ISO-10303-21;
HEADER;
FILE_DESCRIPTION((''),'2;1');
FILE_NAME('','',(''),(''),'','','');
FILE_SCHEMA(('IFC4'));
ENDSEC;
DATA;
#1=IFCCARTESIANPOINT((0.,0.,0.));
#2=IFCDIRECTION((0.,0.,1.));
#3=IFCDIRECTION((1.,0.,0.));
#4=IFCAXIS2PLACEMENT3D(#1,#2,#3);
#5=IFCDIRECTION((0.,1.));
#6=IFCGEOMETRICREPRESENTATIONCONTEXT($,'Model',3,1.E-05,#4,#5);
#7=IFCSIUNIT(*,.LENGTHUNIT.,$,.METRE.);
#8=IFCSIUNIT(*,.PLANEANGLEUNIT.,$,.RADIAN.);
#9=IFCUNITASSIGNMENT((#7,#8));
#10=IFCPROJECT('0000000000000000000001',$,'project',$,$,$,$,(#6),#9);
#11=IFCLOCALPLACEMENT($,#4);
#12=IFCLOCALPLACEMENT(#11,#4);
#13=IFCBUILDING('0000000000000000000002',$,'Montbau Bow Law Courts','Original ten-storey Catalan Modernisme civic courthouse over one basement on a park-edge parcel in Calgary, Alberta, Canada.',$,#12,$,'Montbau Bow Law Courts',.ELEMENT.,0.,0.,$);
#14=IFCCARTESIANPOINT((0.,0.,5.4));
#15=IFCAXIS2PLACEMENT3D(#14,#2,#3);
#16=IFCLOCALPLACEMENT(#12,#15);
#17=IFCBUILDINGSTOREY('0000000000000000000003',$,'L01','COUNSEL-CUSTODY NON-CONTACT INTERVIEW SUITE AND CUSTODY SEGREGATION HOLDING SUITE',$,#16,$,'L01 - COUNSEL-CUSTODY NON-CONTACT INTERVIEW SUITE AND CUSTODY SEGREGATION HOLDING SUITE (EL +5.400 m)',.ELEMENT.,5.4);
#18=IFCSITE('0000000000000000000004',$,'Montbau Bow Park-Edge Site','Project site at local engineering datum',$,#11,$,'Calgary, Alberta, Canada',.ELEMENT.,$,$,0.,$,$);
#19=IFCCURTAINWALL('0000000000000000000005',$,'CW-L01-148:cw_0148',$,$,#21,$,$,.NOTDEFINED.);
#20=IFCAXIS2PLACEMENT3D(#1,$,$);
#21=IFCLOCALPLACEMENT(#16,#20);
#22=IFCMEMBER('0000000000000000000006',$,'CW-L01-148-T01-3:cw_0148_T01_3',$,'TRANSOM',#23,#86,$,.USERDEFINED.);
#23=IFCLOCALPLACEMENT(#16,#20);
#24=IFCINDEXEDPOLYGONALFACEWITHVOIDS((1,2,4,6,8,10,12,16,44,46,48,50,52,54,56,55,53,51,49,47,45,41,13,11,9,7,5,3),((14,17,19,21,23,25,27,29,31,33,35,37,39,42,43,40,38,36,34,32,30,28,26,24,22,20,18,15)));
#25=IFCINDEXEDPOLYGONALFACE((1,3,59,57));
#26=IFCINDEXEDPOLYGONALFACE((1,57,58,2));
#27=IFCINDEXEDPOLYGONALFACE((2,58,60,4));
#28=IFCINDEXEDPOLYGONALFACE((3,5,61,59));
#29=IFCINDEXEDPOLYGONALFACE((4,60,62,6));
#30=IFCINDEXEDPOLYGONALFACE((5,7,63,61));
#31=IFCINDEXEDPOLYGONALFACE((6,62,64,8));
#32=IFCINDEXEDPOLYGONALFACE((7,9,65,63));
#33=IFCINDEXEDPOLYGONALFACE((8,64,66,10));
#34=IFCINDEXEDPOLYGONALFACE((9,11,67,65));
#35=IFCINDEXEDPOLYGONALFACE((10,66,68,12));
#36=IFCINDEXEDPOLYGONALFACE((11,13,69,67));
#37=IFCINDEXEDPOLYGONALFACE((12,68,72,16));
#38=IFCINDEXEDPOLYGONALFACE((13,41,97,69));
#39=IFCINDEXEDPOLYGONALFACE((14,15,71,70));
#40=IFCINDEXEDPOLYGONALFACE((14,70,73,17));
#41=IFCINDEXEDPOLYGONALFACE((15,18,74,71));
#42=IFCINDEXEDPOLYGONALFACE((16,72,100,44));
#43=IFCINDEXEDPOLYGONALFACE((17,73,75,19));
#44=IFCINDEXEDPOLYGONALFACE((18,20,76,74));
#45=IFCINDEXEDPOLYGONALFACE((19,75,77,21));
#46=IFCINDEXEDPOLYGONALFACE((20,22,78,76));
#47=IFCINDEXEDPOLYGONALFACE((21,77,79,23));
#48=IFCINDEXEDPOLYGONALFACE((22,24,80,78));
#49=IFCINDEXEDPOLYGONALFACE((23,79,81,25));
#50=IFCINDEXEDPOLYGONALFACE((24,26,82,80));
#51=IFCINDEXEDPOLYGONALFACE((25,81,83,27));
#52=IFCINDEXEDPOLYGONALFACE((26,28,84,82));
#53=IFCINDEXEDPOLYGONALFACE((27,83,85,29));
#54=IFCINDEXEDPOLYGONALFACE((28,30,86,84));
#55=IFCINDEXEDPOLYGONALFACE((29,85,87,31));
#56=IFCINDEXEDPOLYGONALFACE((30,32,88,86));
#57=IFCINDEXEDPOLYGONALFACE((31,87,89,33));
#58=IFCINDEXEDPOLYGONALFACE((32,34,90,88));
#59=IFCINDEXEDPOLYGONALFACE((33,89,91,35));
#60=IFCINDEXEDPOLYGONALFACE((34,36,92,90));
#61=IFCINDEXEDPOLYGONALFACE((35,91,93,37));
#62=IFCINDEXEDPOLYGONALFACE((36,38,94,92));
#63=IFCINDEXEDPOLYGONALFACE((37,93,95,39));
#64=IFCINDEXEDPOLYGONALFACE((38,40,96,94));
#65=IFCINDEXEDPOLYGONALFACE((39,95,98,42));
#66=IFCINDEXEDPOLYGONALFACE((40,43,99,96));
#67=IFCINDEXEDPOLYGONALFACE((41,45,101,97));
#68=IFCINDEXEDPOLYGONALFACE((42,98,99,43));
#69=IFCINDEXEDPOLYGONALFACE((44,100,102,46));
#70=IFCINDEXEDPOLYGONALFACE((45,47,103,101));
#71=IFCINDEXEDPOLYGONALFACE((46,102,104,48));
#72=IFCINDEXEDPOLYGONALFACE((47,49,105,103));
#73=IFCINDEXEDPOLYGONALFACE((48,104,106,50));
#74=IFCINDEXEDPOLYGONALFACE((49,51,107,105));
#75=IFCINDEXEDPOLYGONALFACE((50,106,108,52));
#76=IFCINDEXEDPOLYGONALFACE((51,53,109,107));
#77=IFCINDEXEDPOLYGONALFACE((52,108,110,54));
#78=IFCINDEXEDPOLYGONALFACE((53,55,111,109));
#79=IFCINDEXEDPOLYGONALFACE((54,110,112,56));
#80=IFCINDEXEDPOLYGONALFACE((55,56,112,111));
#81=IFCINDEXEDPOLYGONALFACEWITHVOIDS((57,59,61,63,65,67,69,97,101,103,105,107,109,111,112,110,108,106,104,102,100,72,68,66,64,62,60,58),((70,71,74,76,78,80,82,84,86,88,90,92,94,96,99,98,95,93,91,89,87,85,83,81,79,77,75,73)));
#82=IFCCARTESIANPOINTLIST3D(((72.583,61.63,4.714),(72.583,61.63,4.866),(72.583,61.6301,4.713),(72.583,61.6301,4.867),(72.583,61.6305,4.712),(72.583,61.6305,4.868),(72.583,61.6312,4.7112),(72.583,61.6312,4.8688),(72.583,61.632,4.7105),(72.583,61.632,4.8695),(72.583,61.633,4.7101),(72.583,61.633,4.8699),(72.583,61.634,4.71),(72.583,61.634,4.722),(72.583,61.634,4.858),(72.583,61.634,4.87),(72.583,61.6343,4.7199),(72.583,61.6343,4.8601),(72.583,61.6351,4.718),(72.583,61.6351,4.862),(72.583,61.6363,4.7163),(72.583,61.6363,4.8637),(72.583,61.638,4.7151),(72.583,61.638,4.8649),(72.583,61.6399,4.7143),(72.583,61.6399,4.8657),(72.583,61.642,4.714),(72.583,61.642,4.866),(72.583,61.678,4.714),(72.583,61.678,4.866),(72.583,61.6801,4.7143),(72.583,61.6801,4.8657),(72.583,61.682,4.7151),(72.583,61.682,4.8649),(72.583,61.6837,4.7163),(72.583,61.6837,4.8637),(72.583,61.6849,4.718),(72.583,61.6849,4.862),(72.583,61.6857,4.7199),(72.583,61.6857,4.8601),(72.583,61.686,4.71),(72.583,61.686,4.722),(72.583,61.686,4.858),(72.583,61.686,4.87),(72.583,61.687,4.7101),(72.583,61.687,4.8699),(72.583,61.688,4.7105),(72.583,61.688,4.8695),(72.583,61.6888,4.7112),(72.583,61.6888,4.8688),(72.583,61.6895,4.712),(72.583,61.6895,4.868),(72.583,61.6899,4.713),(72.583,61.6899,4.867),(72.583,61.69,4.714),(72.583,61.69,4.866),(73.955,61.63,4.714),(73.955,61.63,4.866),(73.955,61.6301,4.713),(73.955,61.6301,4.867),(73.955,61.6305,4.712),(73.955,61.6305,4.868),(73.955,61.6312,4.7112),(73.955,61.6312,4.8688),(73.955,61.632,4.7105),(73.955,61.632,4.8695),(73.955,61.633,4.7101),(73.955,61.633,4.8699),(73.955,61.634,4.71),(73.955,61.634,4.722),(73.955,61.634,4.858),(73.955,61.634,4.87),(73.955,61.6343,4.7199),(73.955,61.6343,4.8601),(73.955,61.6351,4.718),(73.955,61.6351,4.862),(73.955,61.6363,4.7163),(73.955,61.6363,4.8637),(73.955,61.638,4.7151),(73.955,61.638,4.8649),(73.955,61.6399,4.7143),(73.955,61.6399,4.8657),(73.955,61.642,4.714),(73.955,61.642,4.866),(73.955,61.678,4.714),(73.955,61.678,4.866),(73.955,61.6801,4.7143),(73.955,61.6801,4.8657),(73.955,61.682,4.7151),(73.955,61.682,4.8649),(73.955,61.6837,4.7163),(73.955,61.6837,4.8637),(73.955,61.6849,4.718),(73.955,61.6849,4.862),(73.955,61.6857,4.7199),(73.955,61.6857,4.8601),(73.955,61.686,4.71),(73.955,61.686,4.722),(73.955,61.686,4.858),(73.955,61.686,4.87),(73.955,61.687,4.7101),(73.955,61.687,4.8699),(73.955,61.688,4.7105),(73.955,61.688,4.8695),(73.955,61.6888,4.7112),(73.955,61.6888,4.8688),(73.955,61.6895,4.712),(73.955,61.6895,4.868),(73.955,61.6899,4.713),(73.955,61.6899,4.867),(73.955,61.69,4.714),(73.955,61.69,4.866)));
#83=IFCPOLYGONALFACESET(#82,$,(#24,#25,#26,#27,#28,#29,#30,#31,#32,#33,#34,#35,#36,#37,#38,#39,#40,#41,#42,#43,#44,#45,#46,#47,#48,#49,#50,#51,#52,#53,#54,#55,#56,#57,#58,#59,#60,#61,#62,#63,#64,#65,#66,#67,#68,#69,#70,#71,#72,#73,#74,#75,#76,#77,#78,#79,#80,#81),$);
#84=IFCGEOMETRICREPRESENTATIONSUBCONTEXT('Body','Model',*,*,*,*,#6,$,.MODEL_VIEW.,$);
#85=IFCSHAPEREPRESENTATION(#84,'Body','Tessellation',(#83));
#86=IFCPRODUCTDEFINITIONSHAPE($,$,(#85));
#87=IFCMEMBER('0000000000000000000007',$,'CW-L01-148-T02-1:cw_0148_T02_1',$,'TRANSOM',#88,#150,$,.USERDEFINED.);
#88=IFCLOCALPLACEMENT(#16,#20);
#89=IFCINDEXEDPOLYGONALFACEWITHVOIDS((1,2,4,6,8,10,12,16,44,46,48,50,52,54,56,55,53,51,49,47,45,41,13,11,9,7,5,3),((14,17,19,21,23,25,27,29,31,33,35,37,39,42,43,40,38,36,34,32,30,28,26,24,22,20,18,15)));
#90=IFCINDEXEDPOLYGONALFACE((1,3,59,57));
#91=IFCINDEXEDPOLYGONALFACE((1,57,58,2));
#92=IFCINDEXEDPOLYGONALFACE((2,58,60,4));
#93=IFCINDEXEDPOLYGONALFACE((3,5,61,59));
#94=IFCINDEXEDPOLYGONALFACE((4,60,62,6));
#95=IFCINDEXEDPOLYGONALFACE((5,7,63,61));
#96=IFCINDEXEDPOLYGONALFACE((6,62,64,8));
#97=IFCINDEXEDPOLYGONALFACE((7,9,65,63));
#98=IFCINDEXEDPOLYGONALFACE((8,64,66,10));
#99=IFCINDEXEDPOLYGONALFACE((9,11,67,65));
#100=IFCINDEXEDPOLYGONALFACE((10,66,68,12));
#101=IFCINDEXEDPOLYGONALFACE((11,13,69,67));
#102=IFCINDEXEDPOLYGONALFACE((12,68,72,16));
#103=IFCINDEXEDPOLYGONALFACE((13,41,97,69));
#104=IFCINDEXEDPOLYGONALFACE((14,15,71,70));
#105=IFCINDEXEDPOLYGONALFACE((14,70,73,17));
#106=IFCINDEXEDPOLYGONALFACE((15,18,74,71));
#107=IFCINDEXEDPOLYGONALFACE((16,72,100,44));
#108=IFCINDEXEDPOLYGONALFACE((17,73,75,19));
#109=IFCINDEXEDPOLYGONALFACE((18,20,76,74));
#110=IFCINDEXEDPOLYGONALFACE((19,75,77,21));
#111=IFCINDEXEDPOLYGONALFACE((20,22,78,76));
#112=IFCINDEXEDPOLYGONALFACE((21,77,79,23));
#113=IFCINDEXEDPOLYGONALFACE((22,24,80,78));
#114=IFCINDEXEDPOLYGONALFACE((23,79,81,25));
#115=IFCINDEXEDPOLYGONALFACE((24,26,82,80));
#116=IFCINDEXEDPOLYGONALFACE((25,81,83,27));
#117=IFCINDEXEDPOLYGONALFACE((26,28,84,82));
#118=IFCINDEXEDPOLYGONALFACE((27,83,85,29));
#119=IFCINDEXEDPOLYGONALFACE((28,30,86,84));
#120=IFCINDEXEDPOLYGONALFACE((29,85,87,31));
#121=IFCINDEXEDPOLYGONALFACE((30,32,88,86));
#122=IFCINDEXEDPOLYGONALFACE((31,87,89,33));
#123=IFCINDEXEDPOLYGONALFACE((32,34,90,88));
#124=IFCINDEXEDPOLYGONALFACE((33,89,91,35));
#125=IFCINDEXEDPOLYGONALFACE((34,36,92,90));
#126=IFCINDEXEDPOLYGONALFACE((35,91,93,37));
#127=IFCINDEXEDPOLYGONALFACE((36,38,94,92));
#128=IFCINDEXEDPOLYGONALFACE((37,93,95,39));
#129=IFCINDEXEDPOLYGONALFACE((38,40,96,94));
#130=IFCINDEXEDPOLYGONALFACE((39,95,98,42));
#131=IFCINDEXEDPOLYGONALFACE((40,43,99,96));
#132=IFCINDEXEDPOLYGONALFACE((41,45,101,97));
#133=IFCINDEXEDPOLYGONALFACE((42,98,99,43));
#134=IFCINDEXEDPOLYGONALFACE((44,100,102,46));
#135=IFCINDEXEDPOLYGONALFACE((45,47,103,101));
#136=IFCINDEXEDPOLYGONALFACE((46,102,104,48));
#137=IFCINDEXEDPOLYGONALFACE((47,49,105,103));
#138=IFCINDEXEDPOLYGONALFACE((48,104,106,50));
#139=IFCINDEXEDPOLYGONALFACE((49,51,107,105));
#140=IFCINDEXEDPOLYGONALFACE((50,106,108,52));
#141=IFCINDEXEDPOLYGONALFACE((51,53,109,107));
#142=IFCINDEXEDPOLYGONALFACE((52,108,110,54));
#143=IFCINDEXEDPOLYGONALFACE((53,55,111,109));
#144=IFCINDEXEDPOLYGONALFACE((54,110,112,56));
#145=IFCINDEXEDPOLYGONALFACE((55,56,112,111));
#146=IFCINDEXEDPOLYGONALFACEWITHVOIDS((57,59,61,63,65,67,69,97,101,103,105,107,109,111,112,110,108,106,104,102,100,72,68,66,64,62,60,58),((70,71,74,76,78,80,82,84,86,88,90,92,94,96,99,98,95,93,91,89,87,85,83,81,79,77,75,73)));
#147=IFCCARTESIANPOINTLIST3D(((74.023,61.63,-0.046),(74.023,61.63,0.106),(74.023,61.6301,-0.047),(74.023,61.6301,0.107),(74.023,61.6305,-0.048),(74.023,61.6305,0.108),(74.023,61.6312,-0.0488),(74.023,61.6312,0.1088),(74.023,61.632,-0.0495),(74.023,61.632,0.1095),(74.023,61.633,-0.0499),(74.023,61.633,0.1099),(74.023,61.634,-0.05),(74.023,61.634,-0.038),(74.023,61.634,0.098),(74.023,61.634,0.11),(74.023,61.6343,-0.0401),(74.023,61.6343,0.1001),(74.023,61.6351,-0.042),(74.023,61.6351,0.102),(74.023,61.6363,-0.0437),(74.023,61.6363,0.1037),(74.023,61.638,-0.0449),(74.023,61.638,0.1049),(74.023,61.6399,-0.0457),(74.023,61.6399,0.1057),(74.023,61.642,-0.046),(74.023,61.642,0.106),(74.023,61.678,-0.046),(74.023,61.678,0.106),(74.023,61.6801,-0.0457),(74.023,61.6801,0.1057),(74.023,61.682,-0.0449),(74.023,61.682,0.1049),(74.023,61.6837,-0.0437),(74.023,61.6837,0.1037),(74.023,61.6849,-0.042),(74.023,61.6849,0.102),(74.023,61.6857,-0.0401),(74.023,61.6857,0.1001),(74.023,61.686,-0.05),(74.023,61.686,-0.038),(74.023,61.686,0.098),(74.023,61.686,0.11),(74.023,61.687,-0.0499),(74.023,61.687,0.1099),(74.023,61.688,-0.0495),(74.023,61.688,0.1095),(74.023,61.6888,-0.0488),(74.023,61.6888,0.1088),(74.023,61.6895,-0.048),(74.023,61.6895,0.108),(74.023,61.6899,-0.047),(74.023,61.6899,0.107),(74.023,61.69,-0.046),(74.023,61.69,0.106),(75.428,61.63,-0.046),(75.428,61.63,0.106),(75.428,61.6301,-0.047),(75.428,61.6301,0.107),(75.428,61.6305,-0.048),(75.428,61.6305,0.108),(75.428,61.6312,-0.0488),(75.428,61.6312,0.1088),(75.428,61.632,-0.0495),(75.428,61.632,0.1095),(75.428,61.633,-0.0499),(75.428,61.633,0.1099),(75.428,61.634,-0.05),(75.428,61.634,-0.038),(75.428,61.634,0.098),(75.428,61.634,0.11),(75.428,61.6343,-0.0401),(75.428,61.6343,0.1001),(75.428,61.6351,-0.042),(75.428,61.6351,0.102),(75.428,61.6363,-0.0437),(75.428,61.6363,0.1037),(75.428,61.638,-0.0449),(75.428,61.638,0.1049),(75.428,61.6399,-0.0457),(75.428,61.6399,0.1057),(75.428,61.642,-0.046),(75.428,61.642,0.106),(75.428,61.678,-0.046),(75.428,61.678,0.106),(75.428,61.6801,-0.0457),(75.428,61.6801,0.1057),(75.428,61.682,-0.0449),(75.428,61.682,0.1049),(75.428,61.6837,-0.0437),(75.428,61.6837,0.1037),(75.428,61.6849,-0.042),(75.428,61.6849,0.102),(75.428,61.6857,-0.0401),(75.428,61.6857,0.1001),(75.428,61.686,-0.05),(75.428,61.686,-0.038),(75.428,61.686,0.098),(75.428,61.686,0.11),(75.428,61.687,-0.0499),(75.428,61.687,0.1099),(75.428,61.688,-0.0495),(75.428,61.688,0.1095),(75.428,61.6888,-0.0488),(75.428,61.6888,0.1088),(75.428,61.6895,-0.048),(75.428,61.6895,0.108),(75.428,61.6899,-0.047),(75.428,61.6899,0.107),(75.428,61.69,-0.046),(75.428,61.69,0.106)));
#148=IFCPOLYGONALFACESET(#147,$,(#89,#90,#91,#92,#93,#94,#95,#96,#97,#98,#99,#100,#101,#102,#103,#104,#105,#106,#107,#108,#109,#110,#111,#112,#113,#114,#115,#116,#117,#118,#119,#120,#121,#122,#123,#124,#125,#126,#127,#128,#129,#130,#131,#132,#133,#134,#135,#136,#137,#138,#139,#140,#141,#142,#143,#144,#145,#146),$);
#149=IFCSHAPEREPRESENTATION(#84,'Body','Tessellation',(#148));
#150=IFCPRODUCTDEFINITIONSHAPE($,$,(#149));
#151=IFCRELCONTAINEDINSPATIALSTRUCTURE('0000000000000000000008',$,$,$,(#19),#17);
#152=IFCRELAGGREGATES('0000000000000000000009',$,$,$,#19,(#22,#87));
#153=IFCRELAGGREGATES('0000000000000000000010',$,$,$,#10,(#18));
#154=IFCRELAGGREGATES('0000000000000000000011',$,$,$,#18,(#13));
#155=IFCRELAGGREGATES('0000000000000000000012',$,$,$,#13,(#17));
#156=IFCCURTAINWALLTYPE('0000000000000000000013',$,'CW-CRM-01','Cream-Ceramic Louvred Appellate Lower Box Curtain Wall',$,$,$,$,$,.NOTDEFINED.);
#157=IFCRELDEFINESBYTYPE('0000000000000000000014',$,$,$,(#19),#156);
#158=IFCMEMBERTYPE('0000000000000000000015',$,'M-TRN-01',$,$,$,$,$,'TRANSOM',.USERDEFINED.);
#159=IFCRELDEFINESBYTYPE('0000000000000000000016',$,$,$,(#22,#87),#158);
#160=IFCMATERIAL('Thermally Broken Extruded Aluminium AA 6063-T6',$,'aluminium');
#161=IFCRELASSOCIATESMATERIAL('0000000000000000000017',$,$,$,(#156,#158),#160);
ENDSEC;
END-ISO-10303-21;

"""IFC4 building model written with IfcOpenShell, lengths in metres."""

from ifc_helpers import new_model, si_unit, direction, frame, origin_with_axes, origin_2d_with_axis, place, context, subcontext, project, spatial, hollow_rectangle, extrude, material, material_profile, profile_set, type_object, element, aggregate, save


model = new_model("IFC4")

# Units and contexts
model_context = context("Model", 3, precision=1e-05, world=origin_with_axes(), true_north=direction((0.0, 1.0)))
body_context = subcontext(model_context, "Body", "Model", "MODEL_VIEW")
ifc_project = project(units=[si_unit("LENGTHUNIT", "METRE"), si_unit("PLANEANGLEUNIT", "RADIAN")], contexts=[model_context])

# Site, building, storey
site_placement = place(None, origin_with_axes())
site = spatial("IfcSite", under=ifc_project, at=site_placement, Name="Montbau Bow Park-Edge Site", Description="Project site at local engineering datum", LongName="Calgary, Alberta, Canada", CompositionType="ELEMENT", RefElevation=0.0)
building_placement = place(site_placement, origin_with_axes())
building = spatial("IfcBuilding", under=site, at=building_placement, Name="Montbau Bow Law Courts", Description="Original ten-storey Catalan Modernisme civic courthouse over one basement on a park-edge parcel in Calgary, Alberta, Canada.", LongName="Montbau Bow Law Courts", CompositionType="ELEMENT", ElevationOfRefHeight=0.0, ElevationOfTerrain=0.0)
storey_placement = place(building_placement, frame((0.0, 0.0, 5.4), z_axis=(0.0, 0.0, 1.0), x_axis=(1.0, 0.0, 0.0)))
storey = spatial("IfcBuildingStorey", under=building, at=storey_placement, Name="L01", Description="COUNSEL-CUSTODY NON-CONTACT INTERVIEW SUITE AND CUSTODY SEGREGATION HOLDING SUITE", LongName="L01 - COUNSEL-CUSTODY NON-CONTACT INTERVIEW SUITE AND CUSTODY SEGREGATION HOLDING SUITE (EL +5.400 m)", CompositionType="ELEMENT", Elevation=5.4)

# Curtain wall, members
ifc_material_1 = material(Name="Thermally Broken Extruded Aluminium AA 6063-T6", Category="aluminium")
curtain_wall_type = type_object("IfcCurtainWallType", Name="CW-CRM-01", Description="Cream-Ceramic Louvred Appellate Lower Box Curtain Wall", PredefinedType="NOTDEFINED", material=ifc_material_1)
curtain_wall_1_placement = place(None, frame((72.515, 61.66, 5.4), z_axis=(0.0, 0.0, 1.0), x_axis=(1.0, 0.0, 0.0)))
curtain_wall_1 = element("IfcCurtainWall", 1, at=curtain_wall_1_placement, inside=storey, type_object=curtain_wall_type, Name="CW-L01-148:cw_0148", PredefinedType="NOTDEFINED")
ifc_material_profile_1 = material_profile(ifc_material_1, hollow_rectangle(XDim=0.06, YDim=0.16, WallThickness=0.004, InnerFilletRadius=0.008, OuterFilletRadius=0.004, at=origin_2d_with_axis()), Name="CWT-160X60", Category="Main", Priority=0)
ifc_profile_set_1 = profile_set([ifc_material_profile_1], Name="Thermally Broken Extruded Aluminium AA 6063-T6")
member_type_1 = type_object("IfcMemberType", Name="M-TRN-01", ElementType="TRANSOM", PredefinedType="USERDEFINED", material=ifc_profile_set_1)
member_1_placement = place(None, frame((72.583, 61.66, 10.19), z_axis=(1.0, 0.0, 0.0), x_axis=(0.0, 1.0, 0.0)))
member_1 = element("IfcMember", 2, at=member_1_placement, type_object=member_type_1, Name="CW-L01-148-T01-3:cw_0148_T01_3", ObjectType="TRANSOM", PredefinedType="USERDEFINED", context=body_context, shape_type="SweptSolid", body=[
    extrude(hollow_rectangle(XDim=0.06, YDim=0.16, WallThickness=0.004, InnerFilletRadius=0.008, OuterFilletRadius=0.004, at=origin_2d_with_axis()), origin_with_axes(), (0.0, 0.0, 1.0), 1.372),
])
member_2_placement = place(None, frame((74.023, 61.66, 5.43), z_axis=(1.0, 0.0, 0.0), x_axis=(0.0, 1.0, 0.0)))
member_2 = element("IfcMember", 3, at=member_2_placement, type_object=member_type_1, Name="CW-L01-148-T02-1:cw_0148_T02_1", ObjectType="TRANSOM", PredefinedType="USERDEFINED", context=body_context, shape_type="SweptSolid", body=[
    extrude(hollow_rectangle(XDim=0.06, YDim=0.16, WallThickness=0.004, InnerFilletRadius=0.008, OuterFilletRadius=0.004, at=origin_2d_with_axis()), origin_with_axes(), (0.0, 0.0, 1.0), 1.405),
])

aggregate(curtain_wall_1, [member_1, member_2])

save(model, "model.ifc")
